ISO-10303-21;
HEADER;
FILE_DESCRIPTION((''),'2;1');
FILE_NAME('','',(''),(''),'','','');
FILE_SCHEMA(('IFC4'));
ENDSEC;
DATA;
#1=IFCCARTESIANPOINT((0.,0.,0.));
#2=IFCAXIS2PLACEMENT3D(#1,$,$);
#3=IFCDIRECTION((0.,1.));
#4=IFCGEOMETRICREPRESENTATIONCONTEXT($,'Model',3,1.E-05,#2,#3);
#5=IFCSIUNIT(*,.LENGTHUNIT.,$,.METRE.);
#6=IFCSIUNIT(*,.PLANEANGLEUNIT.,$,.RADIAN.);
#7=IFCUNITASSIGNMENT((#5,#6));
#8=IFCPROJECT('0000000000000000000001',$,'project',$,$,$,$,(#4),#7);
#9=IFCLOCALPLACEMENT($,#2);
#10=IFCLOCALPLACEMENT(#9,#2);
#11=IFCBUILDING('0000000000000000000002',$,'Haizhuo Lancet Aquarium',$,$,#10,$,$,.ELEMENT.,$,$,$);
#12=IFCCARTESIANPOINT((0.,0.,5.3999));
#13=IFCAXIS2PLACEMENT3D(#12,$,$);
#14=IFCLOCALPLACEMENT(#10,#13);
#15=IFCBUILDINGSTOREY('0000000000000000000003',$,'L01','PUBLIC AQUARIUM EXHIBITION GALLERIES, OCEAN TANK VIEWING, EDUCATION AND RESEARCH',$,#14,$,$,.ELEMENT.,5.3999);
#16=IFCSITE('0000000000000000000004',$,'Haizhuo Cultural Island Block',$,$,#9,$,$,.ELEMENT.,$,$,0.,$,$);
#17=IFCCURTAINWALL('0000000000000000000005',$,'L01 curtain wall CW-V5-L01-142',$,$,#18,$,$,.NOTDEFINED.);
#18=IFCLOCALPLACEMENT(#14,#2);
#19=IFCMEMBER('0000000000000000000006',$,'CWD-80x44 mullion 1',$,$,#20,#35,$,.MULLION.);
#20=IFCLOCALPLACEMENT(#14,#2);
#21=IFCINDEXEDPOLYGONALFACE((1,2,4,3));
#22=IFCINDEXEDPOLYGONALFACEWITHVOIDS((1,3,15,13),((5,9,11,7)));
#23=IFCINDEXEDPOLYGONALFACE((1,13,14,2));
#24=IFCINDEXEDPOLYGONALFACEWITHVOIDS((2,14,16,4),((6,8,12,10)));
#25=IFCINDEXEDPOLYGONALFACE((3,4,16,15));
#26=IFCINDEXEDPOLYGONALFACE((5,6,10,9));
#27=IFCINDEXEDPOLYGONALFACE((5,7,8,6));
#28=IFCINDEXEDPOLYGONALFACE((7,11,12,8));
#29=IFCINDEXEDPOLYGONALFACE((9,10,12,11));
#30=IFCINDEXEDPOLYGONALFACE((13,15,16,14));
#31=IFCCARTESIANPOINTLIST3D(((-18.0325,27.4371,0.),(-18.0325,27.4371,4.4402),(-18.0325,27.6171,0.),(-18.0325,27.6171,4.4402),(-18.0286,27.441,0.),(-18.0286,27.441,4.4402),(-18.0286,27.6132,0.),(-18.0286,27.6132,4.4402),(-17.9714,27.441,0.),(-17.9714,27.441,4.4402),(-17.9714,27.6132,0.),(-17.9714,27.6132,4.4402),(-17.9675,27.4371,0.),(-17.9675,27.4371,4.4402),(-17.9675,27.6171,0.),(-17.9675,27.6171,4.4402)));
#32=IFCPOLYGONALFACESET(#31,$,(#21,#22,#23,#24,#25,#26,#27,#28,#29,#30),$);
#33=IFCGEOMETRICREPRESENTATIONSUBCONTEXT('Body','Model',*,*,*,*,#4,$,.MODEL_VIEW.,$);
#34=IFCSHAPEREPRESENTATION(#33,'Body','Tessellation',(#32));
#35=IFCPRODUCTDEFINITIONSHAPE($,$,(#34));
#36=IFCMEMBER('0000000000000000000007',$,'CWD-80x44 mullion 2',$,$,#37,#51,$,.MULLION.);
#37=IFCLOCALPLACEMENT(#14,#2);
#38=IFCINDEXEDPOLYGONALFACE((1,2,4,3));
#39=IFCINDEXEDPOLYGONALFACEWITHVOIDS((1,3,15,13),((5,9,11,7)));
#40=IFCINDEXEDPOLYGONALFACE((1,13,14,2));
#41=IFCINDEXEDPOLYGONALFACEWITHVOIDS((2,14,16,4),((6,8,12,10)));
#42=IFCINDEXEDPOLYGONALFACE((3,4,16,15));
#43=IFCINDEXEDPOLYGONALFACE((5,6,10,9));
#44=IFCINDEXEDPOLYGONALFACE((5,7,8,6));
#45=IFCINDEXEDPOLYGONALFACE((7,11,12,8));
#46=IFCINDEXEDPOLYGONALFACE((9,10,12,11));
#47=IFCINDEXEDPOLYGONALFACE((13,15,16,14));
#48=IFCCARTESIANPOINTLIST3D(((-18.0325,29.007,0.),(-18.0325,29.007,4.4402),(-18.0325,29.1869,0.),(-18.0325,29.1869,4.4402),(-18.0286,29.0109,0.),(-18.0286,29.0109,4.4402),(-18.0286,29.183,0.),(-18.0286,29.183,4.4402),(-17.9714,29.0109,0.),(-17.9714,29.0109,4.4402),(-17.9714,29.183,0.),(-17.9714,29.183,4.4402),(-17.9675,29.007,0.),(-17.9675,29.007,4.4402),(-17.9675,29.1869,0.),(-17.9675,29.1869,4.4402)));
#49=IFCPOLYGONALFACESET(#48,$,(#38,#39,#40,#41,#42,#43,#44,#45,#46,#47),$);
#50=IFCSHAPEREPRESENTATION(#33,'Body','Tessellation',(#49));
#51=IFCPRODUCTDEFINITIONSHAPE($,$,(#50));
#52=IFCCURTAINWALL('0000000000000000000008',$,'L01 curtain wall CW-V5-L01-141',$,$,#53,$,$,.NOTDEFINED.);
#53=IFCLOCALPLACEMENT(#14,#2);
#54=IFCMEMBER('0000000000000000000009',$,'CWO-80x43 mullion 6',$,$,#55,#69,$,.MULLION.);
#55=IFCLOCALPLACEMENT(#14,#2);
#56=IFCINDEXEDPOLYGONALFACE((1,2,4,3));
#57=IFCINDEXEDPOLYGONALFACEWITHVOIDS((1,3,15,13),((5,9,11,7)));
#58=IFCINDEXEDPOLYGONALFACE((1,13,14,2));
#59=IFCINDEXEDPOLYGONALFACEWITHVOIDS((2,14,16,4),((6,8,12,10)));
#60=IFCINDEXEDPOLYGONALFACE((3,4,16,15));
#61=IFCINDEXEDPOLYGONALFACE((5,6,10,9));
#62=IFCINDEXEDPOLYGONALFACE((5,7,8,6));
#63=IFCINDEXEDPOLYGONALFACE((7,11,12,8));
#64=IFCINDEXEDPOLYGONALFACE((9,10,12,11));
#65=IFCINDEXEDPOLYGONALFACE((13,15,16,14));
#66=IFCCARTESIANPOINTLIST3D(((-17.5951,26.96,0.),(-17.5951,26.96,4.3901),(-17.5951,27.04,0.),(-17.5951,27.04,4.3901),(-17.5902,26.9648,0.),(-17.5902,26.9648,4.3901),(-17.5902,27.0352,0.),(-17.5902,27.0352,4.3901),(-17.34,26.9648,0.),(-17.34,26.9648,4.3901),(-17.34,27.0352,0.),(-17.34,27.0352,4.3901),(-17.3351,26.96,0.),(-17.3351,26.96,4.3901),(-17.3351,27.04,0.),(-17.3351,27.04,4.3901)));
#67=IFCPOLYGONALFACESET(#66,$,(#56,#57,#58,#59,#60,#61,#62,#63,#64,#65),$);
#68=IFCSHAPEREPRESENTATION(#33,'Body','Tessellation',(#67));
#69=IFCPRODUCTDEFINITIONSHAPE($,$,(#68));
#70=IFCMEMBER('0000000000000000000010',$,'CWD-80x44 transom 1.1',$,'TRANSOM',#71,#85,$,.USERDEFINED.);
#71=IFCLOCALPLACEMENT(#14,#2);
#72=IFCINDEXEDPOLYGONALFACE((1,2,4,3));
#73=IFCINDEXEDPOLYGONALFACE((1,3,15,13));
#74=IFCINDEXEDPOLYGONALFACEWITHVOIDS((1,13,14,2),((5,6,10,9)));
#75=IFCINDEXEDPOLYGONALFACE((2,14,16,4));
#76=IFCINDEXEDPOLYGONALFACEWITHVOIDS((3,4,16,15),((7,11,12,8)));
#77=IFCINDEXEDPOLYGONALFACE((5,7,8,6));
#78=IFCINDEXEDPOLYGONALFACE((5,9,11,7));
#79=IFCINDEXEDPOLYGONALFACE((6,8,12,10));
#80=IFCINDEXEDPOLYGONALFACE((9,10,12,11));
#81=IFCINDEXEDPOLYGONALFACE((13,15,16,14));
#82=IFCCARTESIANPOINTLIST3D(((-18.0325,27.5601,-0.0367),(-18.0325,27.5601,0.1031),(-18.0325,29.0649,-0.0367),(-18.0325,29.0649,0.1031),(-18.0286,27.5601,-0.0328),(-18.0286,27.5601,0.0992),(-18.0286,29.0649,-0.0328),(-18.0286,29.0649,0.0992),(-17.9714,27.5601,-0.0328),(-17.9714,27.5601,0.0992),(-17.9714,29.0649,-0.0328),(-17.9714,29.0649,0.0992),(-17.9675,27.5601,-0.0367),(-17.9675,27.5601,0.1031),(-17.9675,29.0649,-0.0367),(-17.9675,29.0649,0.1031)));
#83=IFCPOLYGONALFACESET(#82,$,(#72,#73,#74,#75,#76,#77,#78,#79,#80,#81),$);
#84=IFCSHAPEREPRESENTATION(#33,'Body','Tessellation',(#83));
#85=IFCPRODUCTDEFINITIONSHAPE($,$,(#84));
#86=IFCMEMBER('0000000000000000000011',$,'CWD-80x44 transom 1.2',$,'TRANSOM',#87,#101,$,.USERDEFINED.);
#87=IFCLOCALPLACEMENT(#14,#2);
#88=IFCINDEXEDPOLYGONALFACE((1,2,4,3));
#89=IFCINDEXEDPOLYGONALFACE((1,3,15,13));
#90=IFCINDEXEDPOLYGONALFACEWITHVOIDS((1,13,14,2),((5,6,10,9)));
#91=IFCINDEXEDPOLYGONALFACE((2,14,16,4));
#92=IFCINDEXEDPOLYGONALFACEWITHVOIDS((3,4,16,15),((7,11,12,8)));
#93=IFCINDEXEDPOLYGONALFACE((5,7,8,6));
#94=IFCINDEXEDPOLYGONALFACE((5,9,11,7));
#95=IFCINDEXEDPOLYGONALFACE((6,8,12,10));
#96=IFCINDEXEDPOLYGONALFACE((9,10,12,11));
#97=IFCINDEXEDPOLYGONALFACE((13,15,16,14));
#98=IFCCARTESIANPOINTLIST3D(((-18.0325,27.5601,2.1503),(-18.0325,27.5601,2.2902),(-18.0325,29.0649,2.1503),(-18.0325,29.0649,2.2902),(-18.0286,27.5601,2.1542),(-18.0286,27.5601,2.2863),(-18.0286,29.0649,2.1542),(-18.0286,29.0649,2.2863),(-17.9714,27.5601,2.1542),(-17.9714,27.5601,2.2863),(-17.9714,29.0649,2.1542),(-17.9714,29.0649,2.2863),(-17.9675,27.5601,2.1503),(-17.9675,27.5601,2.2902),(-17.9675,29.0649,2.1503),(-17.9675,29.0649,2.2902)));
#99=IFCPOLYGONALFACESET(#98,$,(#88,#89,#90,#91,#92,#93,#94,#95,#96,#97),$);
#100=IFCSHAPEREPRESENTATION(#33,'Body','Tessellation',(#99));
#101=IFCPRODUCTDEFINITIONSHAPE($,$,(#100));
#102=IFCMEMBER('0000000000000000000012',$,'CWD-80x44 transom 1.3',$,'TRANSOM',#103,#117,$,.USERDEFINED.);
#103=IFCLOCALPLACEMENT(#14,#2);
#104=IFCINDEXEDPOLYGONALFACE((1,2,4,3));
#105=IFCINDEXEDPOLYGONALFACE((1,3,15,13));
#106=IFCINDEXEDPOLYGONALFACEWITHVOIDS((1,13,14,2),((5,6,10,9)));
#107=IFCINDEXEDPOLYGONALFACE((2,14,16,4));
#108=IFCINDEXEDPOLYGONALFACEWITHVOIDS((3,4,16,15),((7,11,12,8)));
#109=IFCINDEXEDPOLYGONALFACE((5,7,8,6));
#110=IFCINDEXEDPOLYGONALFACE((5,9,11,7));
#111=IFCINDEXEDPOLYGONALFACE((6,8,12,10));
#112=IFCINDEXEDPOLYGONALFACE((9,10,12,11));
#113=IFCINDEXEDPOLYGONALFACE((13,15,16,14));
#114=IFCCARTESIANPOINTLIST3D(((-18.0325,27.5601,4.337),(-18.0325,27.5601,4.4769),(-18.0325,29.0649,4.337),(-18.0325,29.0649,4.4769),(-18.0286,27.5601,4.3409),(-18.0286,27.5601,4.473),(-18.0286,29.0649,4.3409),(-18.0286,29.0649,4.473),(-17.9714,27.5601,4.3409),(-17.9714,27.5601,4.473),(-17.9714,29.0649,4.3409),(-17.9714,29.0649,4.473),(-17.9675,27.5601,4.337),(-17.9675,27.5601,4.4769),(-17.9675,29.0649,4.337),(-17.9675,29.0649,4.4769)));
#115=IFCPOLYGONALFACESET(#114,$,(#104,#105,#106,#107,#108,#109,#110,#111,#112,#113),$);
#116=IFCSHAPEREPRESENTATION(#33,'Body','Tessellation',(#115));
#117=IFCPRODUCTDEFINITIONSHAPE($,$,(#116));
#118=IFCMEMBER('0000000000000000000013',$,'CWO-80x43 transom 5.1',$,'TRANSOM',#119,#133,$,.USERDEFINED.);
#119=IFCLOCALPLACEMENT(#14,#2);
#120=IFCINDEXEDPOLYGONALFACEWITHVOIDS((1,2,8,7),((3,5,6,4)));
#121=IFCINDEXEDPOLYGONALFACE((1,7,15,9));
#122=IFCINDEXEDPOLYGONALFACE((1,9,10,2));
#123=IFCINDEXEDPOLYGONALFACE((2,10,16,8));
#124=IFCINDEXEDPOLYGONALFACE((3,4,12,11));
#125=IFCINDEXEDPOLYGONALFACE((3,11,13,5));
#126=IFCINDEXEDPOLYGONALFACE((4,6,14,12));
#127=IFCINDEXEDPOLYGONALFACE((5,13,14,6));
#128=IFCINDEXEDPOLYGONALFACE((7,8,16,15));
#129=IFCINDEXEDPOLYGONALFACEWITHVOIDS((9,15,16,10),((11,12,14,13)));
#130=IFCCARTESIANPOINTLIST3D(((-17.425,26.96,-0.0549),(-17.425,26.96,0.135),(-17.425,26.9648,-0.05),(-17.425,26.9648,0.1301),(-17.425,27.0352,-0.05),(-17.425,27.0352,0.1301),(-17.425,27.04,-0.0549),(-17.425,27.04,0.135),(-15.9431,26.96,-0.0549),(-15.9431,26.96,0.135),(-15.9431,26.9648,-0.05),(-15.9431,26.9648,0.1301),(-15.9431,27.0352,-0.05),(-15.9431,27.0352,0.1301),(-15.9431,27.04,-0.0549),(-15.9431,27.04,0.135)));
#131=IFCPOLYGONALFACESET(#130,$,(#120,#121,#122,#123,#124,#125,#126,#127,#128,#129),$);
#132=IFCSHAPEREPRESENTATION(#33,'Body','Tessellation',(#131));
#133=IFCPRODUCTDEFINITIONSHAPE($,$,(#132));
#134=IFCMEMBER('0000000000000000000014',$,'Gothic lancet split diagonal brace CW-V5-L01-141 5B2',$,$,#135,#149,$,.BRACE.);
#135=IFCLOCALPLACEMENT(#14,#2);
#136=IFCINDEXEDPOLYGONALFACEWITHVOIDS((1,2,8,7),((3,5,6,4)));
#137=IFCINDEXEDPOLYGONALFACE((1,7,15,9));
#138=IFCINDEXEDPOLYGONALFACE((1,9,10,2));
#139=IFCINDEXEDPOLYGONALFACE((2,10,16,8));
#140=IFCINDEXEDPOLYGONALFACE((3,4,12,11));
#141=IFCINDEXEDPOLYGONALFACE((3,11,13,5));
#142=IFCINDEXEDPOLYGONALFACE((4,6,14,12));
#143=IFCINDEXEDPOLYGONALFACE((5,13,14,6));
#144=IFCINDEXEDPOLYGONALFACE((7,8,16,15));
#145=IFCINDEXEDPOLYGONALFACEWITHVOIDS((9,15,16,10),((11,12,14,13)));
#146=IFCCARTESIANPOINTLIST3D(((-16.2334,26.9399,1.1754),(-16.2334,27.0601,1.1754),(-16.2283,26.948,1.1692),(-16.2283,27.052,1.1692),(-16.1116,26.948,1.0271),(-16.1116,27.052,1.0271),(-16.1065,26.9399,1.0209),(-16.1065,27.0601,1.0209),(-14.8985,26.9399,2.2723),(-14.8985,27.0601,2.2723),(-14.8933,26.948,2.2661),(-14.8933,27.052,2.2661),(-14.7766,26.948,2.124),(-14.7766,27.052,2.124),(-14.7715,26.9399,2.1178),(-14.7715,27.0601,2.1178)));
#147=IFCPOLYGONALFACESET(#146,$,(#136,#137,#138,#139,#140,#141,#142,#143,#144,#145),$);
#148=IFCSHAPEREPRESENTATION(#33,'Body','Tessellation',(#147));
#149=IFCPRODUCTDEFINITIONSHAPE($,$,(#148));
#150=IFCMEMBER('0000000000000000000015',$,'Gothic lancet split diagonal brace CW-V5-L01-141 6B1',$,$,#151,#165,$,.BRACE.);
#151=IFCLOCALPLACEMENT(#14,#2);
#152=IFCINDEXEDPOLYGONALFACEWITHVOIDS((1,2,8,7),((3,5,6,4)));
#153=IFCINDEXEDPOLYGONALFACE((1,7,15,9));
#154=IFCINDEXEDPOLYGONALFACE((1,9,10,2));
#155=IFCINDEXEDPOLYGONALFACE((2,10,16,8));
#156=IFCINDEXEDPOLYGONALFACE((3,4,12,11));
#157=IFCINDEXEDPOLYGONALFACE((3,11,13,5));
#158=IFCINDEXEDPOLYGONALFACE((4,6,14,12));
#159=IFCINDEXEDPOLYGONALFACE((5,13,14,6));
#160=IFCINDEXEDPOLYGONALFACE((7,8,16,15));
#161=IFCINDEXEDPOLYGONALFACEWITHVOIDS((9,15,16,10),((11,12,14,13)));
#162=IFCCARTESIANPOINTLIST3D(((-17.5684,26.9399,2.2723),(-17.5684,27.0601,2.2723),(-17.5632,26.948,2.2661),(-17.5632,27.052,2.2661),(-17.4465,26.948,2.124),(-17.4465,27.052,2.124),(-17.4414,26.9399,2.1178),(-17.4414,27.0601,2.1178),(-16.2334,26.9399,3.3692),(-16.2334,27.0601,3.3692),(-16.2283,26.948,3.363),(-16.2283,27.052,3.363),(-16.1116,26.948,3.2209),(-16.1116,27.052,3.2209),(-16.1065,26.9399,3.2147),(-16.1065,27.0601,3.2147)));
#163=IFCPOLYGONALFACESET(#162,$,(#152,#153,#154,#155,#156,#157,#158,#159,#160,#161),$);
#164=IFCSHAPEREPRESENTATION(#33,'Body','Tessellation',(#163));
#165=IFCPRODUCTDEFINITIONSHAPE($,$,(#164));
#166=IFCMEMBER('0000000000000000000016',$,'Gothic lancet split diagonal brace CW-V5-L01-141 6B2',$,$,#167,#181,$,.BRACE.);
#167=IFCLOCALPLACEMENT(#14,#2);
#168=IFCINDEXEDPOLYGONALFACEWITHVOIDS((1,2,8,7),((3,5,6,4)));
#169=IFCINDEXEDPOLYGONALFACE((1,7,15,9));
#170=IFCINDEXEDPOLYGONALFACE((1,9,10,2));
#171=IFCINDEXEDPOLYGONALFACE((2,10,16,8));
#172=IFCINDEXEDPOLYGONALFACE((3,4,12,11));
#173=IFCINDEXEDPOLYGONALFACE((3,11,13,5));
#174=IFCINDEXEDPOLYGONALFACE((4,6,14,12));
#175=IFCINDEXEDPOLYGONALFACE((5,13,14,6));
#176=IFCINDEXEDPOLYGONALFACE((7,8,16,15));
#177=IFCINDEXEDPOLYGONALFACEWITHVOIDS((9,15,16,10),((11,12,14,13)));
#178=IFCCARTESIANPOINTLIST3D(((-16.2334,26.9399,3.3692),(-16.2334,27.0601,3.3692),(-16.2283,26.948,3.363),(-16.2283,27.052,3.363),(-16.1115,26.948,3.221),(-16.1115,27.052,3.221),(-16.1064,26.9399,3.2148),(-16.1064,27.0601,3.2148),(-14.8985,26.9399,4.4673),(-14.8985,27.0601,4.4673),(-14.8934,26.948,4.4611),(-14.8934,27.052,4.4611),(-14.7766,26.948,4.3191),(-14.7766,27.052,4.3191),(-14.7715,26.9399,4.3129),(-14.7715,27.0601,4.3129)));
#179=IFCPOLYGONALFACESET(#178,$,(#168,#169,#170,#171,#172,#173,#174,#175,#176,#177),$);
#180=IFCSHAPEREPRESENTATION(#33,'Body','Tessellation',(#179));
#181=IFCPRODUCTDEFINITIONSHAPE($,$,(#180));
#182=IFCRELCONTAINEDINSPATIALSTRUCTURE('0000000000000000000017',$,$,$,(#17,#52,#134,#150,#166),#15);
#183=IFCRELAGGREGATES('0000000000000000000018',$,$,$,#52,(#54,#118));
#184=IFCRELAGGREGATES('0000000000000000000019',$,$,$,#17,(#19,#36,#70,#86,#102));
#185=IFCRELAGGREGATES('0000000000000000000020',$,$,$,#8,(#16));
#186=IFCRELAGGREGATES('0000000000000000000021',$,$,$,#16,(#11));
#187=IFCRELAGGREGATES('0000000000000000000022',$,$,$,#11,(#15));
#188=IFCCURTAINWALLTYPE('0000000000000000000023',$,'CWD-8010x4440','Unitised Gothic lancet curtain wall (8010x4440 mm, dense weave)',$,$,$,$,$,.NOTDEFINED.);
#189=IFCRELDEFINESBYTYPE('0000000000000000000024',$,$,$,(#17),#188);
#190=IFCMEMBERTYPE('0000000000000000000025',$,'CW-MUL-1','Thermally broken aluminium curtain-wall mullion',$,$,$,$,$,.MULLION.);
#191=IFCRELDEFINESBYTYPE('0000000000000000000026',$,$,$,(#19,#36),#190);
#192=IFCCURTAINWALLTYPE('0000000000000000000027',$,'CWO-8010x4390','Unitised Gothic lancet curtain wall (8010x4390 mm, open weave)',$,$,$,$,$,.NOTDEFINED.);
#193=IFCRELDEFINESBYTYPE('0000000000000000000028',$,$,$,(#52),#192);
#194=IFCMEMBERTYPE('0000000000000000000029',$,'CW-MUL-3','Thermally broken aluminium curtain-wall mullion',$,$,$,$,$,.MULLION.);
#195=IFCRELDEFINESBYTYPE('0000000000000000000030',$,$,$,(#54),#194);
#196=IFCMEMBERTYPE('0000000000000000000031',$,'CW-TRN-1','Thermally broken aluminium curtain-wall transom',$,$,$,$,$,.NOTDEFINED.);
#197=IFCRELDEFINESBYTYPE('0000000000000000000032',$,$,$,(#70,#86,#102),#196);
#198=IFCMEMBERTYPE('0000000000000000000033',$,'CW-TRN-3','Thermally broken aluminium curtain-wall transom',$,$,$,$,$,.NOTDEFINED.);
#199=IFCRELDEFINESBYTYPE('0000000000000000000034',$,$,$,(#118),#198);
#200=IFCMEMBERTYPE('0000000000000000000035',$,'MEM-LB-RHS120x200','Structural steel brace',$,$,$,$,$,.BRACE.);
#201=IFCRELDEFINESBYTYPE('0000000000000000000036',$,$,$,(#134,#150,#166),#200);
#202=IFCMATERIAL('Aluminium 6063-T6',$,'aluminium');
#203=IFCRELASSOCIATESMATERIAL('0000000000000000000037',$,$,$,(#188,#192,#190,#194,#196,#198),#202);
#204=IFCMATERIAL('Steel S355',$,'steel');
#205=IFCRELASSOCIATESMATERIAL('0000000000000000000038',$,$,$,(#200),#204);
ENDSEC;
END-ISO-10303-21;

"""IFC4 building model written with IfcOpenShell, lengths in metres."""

from ifc_helpers import new_model, si_unit, direction, frame, origin, origin_2d, place, context, subcontext, project, spatial, hollow_rectangle, extrude, material, material_profile, profile_set, type_object, element, aggregate, save


model = new_model("IFC4")

# Units and contexts
model_context = context("Model", 3, precision=1e-05, world=origin(), true_north=direction((0.0, 1.0)))
body_context = subcontext(model_context, "Body", "Model", "MODEL_VIEW")
ifc_project = project(units=[si_unit("LENGTHUNIT", "METRE"), si_unit("PLANEANGLEUNIT", "RADIAN")], contexts=[model_context])

# Site, building, storey
site_placement = place(None, origin())
site = spatial("IfcSite", under=ifc_project, at=site_placement, Name="Haizhuo Cultural Island Block", CompositionType="ELEMENT", RefElevation=0.0)
building_placement = place(site_placement, origin())
building = spatial("IfcBuilding", under=site, at=building_placement, Name="Haizhuo Lancet Aquarium", CompositionType="ELEMENT")
storey_placement = place(building_placement, frame((0.0, 0.0, 5.3999)))
storey = spatial("IfcBuildingStorey", under=building, at=storey_placement, Name="L01", Description="PUBLIC AQUARIUM EXHIBITION GALLERIES, OCEAN TANK VIEWING, EDUCATION AND RESEARCH", CompositionType="ELEMENT", Elevation=5.3999)

# Curtain wall, members
ifc_material_1 = material(Name="Aluminium 6063-T6", Category="aluminium")
curtain_wall_type_1 = type_object("IfcCurtainWallType", Name="CWD-8010x4440", Description="Unitised Gothic lancet curtain wall (8010x4440 mm, dense weave)", PredefinedType="NOTDEFINED", material=ifc_material_1)
curtain_wall_1_placement = place(storey_placement, origin())
curtain_wall_1 = element("IfcCurtainWall", 1, at=curtain_wall_1_placement, inside=storey, type_object=curtain_wall_type_1, Name="L01 curtain wall CW-V5-L01-142", PredefinedType="NOTDEFINED")
ifc_material_profile_1 = material_profile(ifc_material_1, hollow_rectangle(XDim=0.0649, YDim=0.1799, WallThickness=0.0039, at=origin_2d()), Name="ALU-M 65x180x4")
ifc_profile_set_1 = profile_set([ifc_material_profile_1], Name="Aluminium 6063-T6")
member_type_1 = type_object("IfcMemberType", Name="CW-MUL-1", Description="Thermally broken aluminium curtain-wall mullion", PredefinedType="MULLION", material=ifc_profile_set_1)
member_1_placement = place(storey_placement, frame((-18.0, 27.5271, 0.0), z_axis=(0.0, 0.0, 1.0), x_axis=(-1.0, 0.0, 0.0)))
member_1 = element("IfcMember", 2, at=member_1_placement, type_object=member_type_1, Name="CWD-80x44 mullion 1", PredefinedType="MULLION", context=body_context, shape_type="SweptSolid", body=[
    extrude(hollow_rectangle(XDim=0.0649, YDim=0.1799, WallThickness=0.0039, at=origin_2d()), origin(), (0.0, 0.0, 1.0), 4.4402),
])
member_2_placement = place(storey_placement, frame((-18.0, 29.0969, 0.0), z_axis=(0.0, 0.0, 1.0), x_axis=(-1.0, 0.0, 0.0)))
member_2 = element("IfcMember", 3, at=member_2_placement, type_object=member_type_1, Name="CWD-80x44 mullion 2", PredefinedType="MULLION", context=body_context, shape_type="SweptSolid", body=[
    extrude(hollow_rectangle(XDim=0.0649, YDim=0.1799, WallThickness=0.0039, at=origin_2d()), origin(), (0.0, 0.0, 1.0), 4.4402),
])

# Curtain wall, member
curtain_wall_type_2 = type_object("IfcCurtainWallType", Name="CWO-8010x4390", Description="Unitised Gothic lancet curtain wall (8010x4390 mm, open weave)", PredefinedType="NOTDEFINED", material=ifc_material_1)
curtain_wall_2_placement = place(storey_placement, origin())
curtain_wall_2 = element("IfcCurtainWall", 4, at=curtain_wall_2_placement, inside=storey, type_object=curtain_wall_type_2, Name="L01 curtain wall CW-V5-L01-141", PredefinedType="NOTDEFINED")
ifc_material_profile_2 = material_profile(ifc_material_1, hollow_rectangle(XDim=0.0801, YDim=0.26, WallThickness=0.0049, at=origin_2d()), Name="ALU-M 80x260x5")
ifc_profile_set_2 = profile_set([ifc_material_profile_2], Name="Aluminium 6063-T6")
member_type_2 = type_object("IfcMemberType", Name="CW-MUL-3", Description="Thermally broken aluminium curtain-wall mullion", PredefinedType="MULLION", material=ifc_profile_set_2)
member_3_placement = place(storey_placement, frame((-17.4651, 27.0, 0.0), z_axis=(0.0, 0.0, 1.0), x_axis=(0.0, -1.0, 0.0)))
member_3 = element("IfcMember", 5, at=member_3_placement, type_object=member_type_2, Name="CWO-80x43 mullion 6", PredefinedType="MULLION", context=body_context, shape_type="SweptSolid", body=[
    extrude(hollow_rectangle(XDim=0.0801, YDim=0.26, WallThickness=0.0049, at=origin_2d()), origin(), (0.0, 0.0, 1.0), 4.3901),
])

# Members
ifc_material_profile_3 = material_profile(ifc_material_1, hollow_rectangle(XDim=0.0649, YDim=0.1399, WallThickness=0.0039, at=origin_2d()), Name="ALU-T 65x140x4")
ifc_profile_set_3 = profile_set([ifc_material_profile_3], Name="Aluminium 6063-T6")
member_type_3 = type_object("IfcMemberType", Name="CW-TRN-1", Description="Thermally broken aluminium curtain-wall transom", PredefinedType="NOTDEFINED", material=ifc_profile_set_3)
member_4_placement = place(storey_placement, frame((-18.0, 27.5601, 0.0332), z_axis=(0.0, 1.0, 0.0), x_axis=(-1.0, 0.0, 0.0)))
member_4 = element("IfcMember", 6, at=member_4_placement, type_object=member_type_3, Name="CWD-80x44 transom 1.1", ObjectType="TRANSOM", PredefinedType="USERDEFINED", context=body_context, shape_type="SweptSolid", body=[
    extrude(hollow_rectangle(XDim=0.0649, YDim=0.1399, WallThickness=0.0039, at=origin_2d()), origin(), (0.0, 0.0, 1.0), 1.5049),
])
member_5_placement = place(storey_placement, frame((-18.0, 27.5601, 2.2202), z_axis=(0.0, 1.0, 0.0), x_axis=(-1.0, 0.0, 0.0)))
member_5 = element("IfcMember", 7, at=member_5_placement, type_object=member_type_3, Name="CWD-80x44 transom 1.2", ObjectType="TRANSOM", PredefinedType="USERDEFINED", context=body_context, shape_type="SweptSolid", body=[
    extrude(hollow_rectangle(XDim=0.0649, YDim=0.1399, WallThickness=0.0039, at=origin_2d()), origin(), (0.0, 0.0, 1.0), 1.5049),
])
member_6_placement = place(storey_placement, frame((-18.0, 27.5601, 4.407), z_axis=(0.0, 1.0, 0.0), x_axis=(-1.0, 0.0, 0.0)))
member_6 = element("IfcMember", 8, at=member_6_placement, type_object=member_type_3, Name="CWD-80x44 transom 1.3", ObjectType="TRANSOM", PredefinedType="USERDEFINED", context=body_context, shape_type="SweptSolid", body=[
    extrude(hollow_rectangle(XDim=0.0649, YDim=0.1399, WallThickness=0.0039, at=origin_2d()), origin(), (0.0, 0.0, 1.0), 1.5049),
])
ifc_material_profile_4 = material_profile(ifc_material_1, hollow_rectangle(XDim=0.0801, YDim=0.1899, WallThickness=0.0049, at=origin_2d()), Name="ALU-T 80x190x5")
ifc_profile_set_4 = profile_set([ifc_material_profile_4], Name="Aluminium 6063-T6")
member_type_4 = type_object("IfcMemberType", Name="CW-TRN-3", Description="Thermally broken aluminium curtain-wall transom", PredefinedType="NOTDEFINED", material=ifc_profile_set_4)
member_7_placement = place(storey_placement, frame((-15.9431, 27.0, 0.04), z_axis=(-1.0, 0.0, 0.0), x_axis=(0.0, -1.0, 0.0)))
member_7 = element("IfcMember", 9, at=member_7_placement, type_object=member_type_4, Name="CWO-80x43 transom 5.1", ObjectType="TRANSOM", PredefinedType="USERDEFINED", context=body_context, shape_type="SweptSolid", body=[
    extrude(hollow_rectangle(XDim=0.0801, YDim=0.1899, WallThickness=0.0049, at=origin_2d()), origin(), (0.0, 0.0, 1.0), 1.4819),
])

# Members
ifc_material_2 = material(Name="Steel S355", Category="steel")
ifc_material_profile_5 = material_profile(ifc_material_2, hollow_rectangle(XDim=0.1201, YDim=0.2, WallThickness=0.0081, at=origin_2d()), Name="RHS 120x200x8")
ifc_profile_set_5 = profile_set([ifc_material_profile_5], Name="Steel S355")
member_type_5 = type_object("IfcMemberType", Name="MEM-LB-RHS120x200", Description="Structural steel brace", PredefinedType="BRACE", material=ifc_profile_set_5)
for number, where, z_axis, x_axis, name in (
    (10, (-16.1699, 27.0, 1.0981), (0.772627, 0.0, 0.63486), (0.0, 1.0, 0.0), "Gothic lancet split diagonal brace CW-V5-L01-141 5B2"),
    (11, (-17.5049, 27.0, 2.1951), (0.772627, 0.0, 0.63486), (0.0, 1.0, 0.0), "Gothic lancet split diagonal brace CW-V5-L01-141 6B1"),
):
    element("IfcMember", number, at=place(storey_placement, frame(where, z_axis=z_axis, x_axis=x_axis)), inside=storey, type_object=member_type_5, Name=name, PredefinedType="BRACE", context=body_context, shape_type="SweptSolid", body=[
        extrude(hollow_rectangle(XDim=0.1201, YDim=0.2, WallThickness=0.0081, at=origin_2d()), origin(), (0.0, 0.0, 1.0), 1.7278),
    ])
member_8_placement = place(storey_placement, frame((-16.1699, 27.0, 3.292), z_axis=(0.772281, 0.0, 0.635281), x_axis=(0.0, 1.0, 0.0)))
element("IfcMember", 12, at=member_8_placement, inside=storey, type_object=member_type_5, Name="Gothic lancet split diagonal brace CW-V5-L01-141 6B2", PredefinedType="BRACE", context=body_context, shape_type="SweptSolid", body=[
    extrude(hollow_rectangle(XDim=0.1201, YDim=0.2, WallThickness=0.0081, at=origin_2d()), origin(), (0.0, 0.0, 1.0), 1.7285),
])

aggregate(curtain_wall_2, [member_3, member_7])
aggregate(curtain_wall_1, [member_1, member_2, member_4, member_5, member_6])

save(model, "model.ifc")
